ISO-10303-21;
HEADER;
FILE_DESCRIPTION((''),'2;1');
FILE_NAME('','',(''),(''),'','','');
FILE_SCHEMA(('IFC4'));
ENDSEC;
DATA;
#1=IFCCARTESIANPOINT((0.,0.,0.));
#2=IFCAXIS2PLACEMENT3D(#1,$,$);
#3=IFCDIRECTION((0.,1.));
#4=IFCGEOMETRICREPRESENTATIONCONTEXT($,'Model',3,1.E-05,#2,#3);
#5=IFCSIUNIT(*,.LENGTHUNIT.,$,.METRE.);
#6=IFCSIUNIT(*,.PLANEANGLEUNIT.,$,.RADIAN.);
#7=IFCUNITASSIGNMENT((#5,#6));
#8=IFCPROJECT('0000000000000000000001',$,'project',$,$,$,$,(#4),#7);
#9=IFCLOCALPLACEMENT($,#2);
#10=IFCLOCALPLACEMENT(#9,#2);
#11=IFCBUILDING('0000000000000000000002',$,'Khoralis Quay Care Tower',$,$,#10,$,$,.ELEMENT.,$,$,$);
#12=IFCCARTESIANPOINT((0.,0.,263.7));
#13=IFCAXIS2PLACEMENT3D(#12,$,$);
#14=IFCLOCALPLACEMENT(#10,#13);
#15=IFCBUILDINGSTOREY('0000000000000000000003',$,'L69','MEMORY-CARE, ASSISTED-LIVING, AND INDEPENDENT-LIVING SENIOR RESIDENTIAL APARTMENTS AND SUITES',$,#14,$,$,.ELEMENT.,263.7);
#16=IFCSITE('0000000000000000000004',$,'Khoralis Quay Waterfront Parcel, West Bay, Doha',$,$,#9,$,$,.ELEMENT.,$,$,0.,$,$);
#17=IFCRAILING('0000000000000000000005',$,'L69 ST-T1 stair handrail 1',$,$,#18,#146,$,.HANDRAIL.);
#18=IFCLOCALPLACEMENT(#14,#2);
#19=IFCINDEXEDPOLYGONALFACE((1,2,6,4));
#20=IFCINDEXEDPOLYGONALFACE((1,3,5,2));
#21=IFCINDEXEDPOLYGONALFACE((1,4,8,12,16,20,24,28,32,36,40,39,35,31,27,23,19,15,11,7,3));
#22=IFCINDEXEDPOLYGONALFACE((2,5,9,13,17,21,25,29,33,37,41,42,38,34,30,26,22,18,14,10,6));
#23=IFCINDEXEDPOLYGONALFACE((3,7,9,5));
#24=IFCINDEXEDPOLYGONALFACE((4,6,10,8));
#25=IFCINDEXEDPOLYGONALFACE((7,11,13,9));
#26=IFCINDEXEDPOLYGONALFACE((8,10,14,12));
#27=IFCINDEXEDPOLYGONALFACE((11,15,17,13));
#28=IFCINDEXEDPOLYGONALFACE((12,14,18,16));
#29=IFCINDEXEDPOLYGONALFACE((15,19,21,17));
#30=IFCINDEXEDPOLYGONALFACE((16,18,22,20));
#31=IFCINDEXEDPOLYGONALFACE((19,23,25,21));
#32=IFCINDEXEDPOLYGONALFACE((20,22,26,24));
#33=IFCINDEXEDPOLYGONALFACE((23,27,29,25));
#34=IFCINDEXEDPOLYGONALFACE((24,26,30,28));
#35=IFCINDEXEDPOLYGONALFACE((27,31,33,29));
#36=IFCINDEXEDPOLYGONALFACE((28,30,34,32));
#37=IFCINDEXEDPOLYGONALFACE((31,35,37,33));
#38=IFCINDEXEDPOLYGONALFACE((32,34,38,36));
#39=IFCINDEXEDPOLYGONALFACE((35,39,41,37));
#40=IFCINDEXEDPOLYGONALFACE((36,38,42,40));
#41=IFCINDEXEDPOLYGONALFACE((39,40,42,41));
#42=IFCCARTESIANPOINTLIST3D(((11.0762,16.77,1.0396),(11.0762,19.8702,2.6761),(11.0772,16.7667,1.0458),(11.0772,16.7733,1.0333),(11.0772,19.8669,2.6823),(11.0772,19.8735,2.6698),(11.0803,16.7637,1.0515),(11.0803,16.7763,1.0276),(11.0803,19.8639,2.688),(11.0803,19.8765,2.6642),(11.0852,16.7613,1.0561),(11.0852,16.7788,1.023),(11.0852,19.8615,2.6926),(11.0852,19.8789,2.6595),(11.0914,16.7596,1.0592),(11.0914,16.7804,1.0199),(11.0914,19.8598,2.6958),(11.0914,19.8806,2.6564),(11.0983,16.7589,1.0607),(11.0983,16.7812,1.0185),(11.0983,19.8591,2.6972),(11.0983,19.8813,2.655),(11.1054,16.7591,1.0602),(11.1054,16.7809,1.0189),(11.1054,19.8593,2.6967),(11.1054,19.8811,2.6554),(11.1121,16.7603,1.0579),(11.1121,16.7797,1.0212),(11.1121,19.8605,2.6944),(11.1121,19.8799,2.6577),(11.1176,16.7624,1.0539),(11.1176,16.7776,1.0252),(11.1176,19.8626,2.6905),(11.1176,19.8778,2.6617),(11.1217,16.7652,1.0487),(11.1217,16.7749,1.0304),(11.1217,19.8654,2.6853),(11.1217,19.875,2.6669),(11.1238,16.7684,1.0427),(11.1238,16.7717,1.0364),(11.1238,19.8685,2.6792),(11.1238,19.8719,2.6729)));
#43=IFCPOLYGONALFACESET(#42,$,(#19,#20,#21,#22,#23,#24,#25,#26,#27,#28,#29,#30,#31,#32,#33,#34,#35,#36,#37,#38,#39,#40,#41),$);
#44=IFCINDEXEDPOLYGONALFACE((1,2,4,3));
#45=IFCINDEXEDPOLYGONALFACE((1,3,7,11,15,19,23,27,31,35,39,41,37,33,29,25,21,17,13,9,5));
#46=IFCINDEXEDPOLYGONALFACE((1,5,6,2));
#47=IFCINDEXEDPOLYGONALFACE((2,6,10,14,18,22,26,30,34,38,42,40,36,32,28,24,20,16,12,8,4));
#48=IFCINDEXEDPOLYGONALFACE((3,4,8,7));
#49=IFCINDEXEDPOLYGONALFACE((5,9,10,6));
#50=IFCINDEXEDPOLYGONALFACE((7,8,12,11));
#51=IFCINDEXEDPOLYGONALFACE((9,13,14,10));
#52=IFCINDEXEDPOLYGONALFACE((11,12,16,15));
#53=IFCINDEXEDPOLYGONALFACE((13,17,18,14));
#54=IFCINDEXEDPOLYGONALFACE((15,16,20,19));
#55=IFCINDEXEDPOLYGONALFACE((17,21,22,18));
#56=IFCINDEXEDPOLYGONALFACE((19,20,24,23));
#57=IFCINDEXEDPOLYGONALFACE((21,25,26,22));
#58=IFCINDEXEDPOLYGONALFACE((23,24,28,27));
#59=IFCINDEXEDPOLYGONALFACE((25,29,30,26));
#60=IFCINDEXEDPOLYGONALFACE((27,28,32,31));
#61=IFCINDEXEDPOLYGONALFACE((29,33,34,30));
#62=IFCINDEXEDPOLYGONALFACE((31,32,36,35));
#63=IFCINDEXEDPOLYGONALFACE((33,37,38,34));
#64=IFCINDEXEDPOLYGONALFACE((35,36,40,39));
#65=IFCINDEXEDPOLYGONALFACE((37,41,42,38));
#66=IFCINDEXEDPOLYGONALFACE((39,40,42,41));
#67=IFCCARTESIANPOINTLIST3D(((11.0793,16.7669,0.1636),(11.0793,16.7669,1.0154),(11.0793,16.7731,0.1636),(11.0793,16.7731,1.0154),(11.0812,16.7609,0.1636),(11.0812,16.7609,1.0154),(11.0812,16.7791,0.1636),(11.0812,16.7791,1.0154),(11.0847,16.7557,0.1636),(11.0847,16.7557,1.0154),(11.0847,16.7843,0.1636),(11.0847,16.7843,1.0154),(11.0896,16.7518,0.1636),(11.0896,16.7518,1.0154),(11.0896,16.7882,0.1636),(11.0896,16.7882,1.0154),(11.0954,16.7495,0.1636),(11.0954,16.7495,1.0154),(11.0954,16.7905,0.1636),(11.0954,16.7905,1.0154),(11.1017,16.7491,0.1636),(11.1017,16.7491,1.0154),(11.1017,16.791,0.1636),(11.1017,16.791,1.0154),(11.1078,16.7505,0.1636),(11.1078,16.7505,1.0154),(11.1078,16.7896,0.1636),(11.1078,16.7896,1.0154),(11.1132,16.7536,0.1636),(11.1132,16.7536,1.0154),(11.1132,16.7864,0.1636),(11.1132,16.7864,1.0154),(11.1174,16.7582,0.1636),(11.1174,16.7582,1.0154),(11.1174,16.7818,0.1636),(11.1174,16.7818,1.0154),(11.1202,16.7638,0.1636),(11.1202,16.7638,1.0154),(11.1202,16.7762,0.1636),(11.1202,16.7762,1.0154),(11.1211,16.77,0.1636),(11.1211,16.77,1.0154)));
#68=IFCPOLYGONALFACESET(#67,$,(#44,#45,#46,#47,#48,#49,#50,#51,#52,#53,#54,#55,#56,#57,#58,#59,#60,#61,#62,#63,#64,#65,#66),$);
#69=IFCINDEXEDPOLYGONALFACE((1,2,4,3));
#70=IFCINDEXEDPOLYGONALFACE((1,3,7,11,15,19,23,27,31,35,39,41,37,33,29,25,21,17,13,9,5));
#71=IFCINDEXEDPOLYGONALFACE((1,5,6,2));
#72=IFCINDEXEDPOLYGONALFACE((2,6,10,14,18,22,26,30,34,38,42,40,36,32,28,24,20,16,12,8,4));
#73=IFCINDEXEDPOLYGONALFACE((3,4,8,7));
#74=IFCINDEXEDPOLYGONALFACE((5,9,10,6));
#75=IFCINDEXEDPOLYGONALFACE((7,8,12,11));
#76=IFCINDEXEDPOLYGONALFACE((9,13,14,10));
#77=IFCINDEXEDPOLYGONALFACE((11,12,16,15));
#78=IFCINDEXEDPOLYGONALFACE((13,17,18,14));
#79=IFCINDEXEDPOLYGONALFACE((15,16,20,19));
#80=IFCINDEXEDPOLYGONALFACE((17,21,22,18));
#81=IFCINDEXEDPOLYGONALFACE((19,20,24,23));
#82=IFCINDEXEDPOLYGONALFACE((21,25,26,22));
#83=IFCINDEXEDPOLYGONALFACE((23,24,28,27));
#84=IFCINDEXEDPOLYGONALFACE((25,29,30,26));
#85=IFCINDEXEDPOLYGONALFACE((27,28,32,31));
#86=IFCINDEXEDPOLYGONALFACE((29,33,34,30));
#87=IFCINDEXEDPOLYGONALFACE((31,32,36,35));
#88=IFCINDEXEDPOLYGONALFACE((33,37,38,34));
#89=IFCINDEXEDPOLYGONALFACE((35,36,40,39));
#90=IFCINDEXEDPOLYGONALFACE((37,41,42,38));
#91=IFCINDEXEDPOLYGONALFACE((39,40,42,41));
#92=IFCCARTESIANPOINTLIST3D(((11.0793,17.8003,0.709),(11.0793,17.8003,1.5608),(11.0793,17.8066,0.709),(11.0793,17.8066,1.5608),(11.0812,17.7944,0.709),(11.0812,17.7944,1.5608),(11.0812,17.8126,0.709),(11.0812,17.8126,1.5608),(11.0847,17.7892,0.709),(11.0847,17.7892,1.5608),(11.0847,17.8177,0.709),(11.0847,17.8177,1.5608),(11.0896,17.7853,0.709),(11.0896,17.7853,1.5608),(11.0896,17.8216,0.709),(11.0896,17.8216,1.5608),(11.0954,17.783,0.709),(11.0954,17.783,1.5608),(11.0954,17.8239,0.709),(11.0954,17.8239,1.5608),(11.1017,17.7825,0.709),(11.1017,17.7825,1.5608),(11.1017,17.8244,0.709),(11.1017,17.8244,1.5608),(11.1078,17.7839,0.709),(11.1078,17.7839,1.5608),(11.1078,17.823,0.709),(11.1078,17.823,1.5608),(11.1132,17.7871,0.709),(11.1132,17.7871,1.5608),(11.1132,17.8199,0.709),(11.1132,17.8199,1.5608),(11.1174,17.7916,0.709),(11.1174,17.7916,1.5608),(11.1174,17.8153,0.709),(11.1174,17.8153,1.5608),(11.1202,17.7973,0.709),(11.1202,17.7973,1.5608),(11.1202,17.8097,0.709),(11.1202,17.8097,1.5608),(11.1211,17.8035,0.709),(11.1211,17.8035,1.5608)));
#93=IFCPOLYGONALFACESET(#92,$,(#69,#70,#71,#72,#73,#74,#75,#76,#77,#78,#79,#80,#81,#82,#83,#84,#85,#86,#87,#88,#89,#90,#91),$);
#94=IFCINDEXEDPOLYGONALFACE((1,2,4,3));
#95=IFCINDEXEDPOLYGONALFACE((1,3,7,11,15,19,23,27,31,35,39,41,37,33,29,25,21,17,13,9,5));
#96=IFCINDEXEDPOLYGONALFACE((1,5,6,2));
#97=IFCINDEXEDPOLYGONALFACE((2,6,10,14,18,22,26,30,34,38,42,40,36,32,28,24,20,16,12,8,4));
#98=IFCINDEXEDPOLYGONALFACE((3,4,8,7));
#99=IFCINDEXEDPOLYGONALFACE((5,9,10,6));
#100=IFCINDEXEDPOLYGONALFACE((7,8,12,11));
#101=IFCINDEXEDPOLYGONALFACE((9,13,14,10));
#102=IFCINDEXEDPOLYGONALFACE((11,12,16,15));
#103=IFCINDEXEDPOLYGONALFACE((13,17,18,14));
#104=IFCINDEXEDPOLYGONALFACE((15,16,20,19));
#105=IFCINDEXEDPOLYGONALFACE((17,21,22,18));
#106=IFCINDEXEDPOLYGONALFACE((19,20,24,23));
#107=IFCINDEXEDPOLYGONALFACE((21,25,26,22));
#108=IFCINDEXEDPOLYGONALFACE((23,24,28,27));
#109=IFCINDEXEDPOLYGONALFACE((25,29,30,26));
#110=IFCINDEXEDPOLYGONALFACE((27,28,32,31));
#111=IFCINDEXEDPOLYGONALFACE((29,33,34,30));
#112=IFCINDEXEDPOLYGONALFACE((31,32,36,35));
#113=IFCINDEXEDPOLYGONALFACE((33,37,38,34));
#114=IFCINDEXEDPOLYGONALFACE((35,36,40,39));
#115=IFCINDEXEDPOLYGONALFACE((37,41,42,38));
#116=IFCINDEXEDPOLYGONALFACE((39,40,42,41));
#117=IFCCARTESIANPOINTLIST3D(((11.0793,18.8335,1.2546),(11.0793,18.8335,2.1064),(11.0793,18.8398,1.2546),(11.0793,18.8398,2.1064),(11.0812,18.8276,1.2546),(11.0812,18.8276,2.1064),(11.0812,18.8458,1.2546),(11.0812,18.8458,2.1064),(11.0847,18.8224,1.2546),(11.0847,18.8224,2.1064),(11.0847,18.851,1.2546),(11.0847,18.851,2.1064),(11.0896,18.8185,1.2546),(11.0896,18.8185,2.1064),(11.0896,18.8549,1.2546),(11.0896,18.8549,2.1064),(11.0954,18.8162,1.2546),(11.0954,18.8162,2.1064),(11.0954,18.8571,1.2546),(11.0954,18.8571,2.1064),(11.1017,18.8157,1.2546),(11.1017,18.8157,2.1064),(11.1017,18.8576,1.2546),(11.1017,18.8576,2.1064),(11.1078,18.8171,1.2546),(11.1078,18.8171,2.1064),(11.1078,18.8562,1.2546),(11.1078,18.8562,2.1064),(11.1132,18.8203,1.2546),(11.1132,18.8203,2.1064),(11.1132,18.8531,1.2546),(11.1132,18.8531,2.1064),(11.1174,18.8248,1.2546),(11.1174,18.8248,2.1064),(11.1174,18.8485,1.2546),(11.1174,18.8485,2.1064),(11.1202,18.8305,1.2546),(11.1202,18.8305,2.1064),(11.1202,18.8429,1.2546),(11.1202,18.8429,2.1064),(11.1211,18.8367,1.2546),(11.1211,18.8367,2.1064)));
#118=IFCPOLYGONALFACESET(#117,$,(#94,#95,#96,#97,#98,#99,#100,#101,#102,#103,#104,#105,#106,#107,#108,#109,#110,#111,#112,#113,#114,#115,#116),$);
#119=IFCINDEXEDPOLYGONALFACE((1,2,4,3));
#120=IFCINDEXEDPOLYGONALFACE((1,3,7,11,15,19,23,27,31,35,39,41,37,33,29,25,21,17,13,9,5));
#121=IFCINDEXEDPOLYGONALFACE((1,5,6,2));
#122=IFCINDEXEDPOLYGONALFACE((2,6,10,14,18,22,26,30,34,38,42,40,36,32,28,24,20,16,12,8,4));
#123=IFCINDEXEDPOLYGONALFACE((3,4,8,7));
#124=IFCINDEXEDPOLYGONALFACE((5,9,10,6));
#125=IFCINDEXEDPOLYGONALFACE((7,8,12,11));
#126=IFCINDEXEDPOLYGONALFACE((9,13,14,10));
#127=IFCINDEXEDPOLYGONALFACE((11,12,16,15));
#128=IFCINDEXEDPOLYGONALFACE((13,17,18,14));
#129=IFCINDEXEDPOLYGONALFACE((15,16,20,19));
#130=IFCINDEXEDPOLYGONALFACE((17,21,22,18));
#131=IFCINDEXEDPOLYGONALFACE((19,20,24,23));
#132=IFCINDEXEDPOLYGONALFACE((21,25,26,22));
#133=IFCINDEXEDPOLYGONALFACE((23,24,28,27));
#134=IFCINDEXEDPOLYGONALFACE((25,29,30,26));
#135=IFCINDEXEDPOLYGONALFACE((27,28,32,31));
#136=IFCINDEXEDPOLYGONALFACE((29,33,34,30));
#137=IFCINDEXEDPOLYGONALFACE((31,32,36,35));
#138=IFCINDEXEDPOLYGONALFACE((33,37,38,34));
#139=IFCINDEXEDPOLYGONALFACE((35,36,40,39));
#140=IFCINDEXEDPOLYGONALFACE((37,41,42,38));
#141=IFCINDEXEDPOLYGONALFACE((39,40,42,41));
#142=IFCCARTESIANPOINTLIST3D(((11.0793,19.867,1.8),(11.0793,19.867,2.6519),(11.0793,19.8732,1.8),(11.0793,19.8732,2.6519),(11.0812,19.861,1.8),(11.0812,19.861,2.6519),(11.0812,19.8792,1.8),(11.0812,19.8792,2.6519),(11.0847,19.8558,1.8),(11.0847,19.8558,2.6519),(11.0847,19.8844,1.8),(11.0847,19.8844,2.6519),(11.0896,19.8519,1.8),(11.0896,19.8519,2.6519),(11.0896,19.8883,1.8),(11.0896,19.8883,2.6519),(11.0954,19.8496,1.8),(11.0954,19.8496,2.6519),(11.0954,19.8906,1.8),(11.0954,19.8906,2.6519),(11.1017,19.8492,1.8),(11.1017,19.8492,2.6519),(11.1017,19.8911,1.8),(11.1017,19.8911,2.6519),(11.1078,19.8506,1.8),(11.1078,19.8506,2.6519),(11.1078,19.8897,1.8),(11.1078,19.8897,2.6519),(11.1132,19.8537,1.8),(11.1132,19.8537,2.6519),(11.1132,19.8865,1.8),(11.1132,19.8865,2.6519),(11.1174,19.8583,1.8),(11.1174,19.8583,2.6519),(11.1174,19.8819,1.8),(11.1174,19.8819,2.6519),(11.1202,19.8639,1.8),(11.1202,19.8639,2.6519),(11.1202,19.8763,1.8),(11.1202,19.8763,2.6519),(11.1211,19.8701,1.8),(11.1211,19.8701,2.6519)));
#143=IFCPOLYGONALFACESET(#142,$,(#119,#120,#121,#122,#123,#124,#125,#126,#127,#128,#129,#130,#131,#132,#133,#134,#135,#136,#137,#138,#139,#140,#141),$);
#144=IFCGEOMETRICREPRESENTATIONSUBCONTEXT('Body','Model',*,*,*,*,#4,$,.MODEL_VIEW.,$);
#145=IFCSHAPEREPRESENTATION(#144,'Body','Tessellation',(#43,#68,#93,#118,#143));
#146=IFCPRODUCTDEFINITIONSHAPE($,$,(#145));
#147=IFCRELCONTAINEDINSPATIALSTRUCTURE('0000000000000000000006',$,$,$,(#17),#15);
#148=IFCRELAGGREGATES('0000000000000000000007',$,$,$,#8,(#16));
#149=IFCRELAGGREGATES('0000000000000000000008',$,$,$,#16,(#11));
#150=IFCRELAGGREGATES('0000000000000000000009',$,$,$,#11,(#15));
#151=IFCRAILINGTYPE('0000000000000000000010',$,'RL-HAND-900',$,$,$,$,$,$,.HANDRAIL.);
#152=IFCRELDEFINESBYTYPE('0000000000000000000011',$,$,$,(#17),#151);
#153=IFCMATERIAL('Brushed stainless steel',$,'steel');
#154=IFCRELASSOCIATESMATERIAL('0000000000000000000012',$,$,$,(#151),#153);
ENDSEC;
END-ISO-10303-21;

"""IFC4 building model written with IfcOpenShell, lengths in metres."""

from ifc_helpers import new_model, si_unit, direction, frame, origin, origin_2d, place, context, subcontext, project, spatial, circle, extrude, material, type_object, element, save


model = new_model("IFC4")

# Units and contexts
model_context = context("Model", 3, precision=1e-05, world=origin(), true_north=direction((0.0, 1.0)))
body_context = subcontext(model_context, "Body", "Model", "MODEL_VIEW")
ifc_project = project(units=[si_unit("LENGTHUNIT", "METRE"), si_unit("PLANEANGLEUNIT", "RADIAN")], contexts=[model_context])

# Site, building, storey
site_placement = place(None, origin())
site = spatial("IfcSite", under=ifc_project, at=site_placement, Name="Khoralis Quay Waterfront Parcel, West Bay, Doha", CompositionType="ELEMENT", RefElevation=0.0)
building_placement = place(site_placement, origin())
building = spatial("IfcBuilding", under=site, at=building_placement, Name="Khoralis Quay Care Tower", CompositionType="ELEMENT")
storey_placement = place(building_placement, frame((0.0, 0.0, 263.7)))
storey = spatial("IfcBuildingStorey", under=building, at=storey_placement, Name="L69", Description="MEMORY-CARE, ASSISTED-LIVING, AND INDEPENDENT-LIVING SENIOR RESIDENTIAL APARTMENTS AND SUITES", CompositionType="ELEMENT", Elevation=263.7)

# Railing
ifc_material_1 = material(Name="Brushed stainless steel", Category="steel")
railing_type_1 = type_object("IfcRailingType", Name="RL-HAND-900", PredefinedType="HANDRAIL", material=ifc_material_1)
railing_1_placement = place(storey_placement, frame((11.1001, 16.77, 0.1636)))
element("IfcRailing", 1, at=railing_1_placement, inside=storey, type_object=railing_type_1, Name="L69 ST-T1 stair handrail 1", PredefinedType="HANDRAIL", context=body_context, shape_type="SweptSolid", body=[
    extrude(circle(Radius=0.0239, at=origin_2d()), frame((0.0, 0.0, 0.876), z_axis=(0.0, 0.884348, 0.466828), x_axis=(-1.0, 0.0, 0.0)), (0.0, 0.0, 1.0), 3.5056),
    extrude(circle(Radius=0.021, at=origin_2d()), origin(), (0.0, 0.0, 1.0), 0.8518),
    extrude(circle(Radius=0.021, at=origin_2d()), frame((0.0, 1.0334, 0.5454)), (0.0, 0.0, 1.0), 0.8518),
    extrude(circle(Radius=0.021, at=origin_2d()), frame((0.0, 2.0667, 1.0911)), (0.0, 0.0, 1.0), 0.8518),
    extrude(circle(Radius=0.021, at=origin_2d()), frame((0.0, 3.1001, 1.6365)), (0.0, 0.0, 1.0), 0.8518),
])

save(model, "model.ifc")
